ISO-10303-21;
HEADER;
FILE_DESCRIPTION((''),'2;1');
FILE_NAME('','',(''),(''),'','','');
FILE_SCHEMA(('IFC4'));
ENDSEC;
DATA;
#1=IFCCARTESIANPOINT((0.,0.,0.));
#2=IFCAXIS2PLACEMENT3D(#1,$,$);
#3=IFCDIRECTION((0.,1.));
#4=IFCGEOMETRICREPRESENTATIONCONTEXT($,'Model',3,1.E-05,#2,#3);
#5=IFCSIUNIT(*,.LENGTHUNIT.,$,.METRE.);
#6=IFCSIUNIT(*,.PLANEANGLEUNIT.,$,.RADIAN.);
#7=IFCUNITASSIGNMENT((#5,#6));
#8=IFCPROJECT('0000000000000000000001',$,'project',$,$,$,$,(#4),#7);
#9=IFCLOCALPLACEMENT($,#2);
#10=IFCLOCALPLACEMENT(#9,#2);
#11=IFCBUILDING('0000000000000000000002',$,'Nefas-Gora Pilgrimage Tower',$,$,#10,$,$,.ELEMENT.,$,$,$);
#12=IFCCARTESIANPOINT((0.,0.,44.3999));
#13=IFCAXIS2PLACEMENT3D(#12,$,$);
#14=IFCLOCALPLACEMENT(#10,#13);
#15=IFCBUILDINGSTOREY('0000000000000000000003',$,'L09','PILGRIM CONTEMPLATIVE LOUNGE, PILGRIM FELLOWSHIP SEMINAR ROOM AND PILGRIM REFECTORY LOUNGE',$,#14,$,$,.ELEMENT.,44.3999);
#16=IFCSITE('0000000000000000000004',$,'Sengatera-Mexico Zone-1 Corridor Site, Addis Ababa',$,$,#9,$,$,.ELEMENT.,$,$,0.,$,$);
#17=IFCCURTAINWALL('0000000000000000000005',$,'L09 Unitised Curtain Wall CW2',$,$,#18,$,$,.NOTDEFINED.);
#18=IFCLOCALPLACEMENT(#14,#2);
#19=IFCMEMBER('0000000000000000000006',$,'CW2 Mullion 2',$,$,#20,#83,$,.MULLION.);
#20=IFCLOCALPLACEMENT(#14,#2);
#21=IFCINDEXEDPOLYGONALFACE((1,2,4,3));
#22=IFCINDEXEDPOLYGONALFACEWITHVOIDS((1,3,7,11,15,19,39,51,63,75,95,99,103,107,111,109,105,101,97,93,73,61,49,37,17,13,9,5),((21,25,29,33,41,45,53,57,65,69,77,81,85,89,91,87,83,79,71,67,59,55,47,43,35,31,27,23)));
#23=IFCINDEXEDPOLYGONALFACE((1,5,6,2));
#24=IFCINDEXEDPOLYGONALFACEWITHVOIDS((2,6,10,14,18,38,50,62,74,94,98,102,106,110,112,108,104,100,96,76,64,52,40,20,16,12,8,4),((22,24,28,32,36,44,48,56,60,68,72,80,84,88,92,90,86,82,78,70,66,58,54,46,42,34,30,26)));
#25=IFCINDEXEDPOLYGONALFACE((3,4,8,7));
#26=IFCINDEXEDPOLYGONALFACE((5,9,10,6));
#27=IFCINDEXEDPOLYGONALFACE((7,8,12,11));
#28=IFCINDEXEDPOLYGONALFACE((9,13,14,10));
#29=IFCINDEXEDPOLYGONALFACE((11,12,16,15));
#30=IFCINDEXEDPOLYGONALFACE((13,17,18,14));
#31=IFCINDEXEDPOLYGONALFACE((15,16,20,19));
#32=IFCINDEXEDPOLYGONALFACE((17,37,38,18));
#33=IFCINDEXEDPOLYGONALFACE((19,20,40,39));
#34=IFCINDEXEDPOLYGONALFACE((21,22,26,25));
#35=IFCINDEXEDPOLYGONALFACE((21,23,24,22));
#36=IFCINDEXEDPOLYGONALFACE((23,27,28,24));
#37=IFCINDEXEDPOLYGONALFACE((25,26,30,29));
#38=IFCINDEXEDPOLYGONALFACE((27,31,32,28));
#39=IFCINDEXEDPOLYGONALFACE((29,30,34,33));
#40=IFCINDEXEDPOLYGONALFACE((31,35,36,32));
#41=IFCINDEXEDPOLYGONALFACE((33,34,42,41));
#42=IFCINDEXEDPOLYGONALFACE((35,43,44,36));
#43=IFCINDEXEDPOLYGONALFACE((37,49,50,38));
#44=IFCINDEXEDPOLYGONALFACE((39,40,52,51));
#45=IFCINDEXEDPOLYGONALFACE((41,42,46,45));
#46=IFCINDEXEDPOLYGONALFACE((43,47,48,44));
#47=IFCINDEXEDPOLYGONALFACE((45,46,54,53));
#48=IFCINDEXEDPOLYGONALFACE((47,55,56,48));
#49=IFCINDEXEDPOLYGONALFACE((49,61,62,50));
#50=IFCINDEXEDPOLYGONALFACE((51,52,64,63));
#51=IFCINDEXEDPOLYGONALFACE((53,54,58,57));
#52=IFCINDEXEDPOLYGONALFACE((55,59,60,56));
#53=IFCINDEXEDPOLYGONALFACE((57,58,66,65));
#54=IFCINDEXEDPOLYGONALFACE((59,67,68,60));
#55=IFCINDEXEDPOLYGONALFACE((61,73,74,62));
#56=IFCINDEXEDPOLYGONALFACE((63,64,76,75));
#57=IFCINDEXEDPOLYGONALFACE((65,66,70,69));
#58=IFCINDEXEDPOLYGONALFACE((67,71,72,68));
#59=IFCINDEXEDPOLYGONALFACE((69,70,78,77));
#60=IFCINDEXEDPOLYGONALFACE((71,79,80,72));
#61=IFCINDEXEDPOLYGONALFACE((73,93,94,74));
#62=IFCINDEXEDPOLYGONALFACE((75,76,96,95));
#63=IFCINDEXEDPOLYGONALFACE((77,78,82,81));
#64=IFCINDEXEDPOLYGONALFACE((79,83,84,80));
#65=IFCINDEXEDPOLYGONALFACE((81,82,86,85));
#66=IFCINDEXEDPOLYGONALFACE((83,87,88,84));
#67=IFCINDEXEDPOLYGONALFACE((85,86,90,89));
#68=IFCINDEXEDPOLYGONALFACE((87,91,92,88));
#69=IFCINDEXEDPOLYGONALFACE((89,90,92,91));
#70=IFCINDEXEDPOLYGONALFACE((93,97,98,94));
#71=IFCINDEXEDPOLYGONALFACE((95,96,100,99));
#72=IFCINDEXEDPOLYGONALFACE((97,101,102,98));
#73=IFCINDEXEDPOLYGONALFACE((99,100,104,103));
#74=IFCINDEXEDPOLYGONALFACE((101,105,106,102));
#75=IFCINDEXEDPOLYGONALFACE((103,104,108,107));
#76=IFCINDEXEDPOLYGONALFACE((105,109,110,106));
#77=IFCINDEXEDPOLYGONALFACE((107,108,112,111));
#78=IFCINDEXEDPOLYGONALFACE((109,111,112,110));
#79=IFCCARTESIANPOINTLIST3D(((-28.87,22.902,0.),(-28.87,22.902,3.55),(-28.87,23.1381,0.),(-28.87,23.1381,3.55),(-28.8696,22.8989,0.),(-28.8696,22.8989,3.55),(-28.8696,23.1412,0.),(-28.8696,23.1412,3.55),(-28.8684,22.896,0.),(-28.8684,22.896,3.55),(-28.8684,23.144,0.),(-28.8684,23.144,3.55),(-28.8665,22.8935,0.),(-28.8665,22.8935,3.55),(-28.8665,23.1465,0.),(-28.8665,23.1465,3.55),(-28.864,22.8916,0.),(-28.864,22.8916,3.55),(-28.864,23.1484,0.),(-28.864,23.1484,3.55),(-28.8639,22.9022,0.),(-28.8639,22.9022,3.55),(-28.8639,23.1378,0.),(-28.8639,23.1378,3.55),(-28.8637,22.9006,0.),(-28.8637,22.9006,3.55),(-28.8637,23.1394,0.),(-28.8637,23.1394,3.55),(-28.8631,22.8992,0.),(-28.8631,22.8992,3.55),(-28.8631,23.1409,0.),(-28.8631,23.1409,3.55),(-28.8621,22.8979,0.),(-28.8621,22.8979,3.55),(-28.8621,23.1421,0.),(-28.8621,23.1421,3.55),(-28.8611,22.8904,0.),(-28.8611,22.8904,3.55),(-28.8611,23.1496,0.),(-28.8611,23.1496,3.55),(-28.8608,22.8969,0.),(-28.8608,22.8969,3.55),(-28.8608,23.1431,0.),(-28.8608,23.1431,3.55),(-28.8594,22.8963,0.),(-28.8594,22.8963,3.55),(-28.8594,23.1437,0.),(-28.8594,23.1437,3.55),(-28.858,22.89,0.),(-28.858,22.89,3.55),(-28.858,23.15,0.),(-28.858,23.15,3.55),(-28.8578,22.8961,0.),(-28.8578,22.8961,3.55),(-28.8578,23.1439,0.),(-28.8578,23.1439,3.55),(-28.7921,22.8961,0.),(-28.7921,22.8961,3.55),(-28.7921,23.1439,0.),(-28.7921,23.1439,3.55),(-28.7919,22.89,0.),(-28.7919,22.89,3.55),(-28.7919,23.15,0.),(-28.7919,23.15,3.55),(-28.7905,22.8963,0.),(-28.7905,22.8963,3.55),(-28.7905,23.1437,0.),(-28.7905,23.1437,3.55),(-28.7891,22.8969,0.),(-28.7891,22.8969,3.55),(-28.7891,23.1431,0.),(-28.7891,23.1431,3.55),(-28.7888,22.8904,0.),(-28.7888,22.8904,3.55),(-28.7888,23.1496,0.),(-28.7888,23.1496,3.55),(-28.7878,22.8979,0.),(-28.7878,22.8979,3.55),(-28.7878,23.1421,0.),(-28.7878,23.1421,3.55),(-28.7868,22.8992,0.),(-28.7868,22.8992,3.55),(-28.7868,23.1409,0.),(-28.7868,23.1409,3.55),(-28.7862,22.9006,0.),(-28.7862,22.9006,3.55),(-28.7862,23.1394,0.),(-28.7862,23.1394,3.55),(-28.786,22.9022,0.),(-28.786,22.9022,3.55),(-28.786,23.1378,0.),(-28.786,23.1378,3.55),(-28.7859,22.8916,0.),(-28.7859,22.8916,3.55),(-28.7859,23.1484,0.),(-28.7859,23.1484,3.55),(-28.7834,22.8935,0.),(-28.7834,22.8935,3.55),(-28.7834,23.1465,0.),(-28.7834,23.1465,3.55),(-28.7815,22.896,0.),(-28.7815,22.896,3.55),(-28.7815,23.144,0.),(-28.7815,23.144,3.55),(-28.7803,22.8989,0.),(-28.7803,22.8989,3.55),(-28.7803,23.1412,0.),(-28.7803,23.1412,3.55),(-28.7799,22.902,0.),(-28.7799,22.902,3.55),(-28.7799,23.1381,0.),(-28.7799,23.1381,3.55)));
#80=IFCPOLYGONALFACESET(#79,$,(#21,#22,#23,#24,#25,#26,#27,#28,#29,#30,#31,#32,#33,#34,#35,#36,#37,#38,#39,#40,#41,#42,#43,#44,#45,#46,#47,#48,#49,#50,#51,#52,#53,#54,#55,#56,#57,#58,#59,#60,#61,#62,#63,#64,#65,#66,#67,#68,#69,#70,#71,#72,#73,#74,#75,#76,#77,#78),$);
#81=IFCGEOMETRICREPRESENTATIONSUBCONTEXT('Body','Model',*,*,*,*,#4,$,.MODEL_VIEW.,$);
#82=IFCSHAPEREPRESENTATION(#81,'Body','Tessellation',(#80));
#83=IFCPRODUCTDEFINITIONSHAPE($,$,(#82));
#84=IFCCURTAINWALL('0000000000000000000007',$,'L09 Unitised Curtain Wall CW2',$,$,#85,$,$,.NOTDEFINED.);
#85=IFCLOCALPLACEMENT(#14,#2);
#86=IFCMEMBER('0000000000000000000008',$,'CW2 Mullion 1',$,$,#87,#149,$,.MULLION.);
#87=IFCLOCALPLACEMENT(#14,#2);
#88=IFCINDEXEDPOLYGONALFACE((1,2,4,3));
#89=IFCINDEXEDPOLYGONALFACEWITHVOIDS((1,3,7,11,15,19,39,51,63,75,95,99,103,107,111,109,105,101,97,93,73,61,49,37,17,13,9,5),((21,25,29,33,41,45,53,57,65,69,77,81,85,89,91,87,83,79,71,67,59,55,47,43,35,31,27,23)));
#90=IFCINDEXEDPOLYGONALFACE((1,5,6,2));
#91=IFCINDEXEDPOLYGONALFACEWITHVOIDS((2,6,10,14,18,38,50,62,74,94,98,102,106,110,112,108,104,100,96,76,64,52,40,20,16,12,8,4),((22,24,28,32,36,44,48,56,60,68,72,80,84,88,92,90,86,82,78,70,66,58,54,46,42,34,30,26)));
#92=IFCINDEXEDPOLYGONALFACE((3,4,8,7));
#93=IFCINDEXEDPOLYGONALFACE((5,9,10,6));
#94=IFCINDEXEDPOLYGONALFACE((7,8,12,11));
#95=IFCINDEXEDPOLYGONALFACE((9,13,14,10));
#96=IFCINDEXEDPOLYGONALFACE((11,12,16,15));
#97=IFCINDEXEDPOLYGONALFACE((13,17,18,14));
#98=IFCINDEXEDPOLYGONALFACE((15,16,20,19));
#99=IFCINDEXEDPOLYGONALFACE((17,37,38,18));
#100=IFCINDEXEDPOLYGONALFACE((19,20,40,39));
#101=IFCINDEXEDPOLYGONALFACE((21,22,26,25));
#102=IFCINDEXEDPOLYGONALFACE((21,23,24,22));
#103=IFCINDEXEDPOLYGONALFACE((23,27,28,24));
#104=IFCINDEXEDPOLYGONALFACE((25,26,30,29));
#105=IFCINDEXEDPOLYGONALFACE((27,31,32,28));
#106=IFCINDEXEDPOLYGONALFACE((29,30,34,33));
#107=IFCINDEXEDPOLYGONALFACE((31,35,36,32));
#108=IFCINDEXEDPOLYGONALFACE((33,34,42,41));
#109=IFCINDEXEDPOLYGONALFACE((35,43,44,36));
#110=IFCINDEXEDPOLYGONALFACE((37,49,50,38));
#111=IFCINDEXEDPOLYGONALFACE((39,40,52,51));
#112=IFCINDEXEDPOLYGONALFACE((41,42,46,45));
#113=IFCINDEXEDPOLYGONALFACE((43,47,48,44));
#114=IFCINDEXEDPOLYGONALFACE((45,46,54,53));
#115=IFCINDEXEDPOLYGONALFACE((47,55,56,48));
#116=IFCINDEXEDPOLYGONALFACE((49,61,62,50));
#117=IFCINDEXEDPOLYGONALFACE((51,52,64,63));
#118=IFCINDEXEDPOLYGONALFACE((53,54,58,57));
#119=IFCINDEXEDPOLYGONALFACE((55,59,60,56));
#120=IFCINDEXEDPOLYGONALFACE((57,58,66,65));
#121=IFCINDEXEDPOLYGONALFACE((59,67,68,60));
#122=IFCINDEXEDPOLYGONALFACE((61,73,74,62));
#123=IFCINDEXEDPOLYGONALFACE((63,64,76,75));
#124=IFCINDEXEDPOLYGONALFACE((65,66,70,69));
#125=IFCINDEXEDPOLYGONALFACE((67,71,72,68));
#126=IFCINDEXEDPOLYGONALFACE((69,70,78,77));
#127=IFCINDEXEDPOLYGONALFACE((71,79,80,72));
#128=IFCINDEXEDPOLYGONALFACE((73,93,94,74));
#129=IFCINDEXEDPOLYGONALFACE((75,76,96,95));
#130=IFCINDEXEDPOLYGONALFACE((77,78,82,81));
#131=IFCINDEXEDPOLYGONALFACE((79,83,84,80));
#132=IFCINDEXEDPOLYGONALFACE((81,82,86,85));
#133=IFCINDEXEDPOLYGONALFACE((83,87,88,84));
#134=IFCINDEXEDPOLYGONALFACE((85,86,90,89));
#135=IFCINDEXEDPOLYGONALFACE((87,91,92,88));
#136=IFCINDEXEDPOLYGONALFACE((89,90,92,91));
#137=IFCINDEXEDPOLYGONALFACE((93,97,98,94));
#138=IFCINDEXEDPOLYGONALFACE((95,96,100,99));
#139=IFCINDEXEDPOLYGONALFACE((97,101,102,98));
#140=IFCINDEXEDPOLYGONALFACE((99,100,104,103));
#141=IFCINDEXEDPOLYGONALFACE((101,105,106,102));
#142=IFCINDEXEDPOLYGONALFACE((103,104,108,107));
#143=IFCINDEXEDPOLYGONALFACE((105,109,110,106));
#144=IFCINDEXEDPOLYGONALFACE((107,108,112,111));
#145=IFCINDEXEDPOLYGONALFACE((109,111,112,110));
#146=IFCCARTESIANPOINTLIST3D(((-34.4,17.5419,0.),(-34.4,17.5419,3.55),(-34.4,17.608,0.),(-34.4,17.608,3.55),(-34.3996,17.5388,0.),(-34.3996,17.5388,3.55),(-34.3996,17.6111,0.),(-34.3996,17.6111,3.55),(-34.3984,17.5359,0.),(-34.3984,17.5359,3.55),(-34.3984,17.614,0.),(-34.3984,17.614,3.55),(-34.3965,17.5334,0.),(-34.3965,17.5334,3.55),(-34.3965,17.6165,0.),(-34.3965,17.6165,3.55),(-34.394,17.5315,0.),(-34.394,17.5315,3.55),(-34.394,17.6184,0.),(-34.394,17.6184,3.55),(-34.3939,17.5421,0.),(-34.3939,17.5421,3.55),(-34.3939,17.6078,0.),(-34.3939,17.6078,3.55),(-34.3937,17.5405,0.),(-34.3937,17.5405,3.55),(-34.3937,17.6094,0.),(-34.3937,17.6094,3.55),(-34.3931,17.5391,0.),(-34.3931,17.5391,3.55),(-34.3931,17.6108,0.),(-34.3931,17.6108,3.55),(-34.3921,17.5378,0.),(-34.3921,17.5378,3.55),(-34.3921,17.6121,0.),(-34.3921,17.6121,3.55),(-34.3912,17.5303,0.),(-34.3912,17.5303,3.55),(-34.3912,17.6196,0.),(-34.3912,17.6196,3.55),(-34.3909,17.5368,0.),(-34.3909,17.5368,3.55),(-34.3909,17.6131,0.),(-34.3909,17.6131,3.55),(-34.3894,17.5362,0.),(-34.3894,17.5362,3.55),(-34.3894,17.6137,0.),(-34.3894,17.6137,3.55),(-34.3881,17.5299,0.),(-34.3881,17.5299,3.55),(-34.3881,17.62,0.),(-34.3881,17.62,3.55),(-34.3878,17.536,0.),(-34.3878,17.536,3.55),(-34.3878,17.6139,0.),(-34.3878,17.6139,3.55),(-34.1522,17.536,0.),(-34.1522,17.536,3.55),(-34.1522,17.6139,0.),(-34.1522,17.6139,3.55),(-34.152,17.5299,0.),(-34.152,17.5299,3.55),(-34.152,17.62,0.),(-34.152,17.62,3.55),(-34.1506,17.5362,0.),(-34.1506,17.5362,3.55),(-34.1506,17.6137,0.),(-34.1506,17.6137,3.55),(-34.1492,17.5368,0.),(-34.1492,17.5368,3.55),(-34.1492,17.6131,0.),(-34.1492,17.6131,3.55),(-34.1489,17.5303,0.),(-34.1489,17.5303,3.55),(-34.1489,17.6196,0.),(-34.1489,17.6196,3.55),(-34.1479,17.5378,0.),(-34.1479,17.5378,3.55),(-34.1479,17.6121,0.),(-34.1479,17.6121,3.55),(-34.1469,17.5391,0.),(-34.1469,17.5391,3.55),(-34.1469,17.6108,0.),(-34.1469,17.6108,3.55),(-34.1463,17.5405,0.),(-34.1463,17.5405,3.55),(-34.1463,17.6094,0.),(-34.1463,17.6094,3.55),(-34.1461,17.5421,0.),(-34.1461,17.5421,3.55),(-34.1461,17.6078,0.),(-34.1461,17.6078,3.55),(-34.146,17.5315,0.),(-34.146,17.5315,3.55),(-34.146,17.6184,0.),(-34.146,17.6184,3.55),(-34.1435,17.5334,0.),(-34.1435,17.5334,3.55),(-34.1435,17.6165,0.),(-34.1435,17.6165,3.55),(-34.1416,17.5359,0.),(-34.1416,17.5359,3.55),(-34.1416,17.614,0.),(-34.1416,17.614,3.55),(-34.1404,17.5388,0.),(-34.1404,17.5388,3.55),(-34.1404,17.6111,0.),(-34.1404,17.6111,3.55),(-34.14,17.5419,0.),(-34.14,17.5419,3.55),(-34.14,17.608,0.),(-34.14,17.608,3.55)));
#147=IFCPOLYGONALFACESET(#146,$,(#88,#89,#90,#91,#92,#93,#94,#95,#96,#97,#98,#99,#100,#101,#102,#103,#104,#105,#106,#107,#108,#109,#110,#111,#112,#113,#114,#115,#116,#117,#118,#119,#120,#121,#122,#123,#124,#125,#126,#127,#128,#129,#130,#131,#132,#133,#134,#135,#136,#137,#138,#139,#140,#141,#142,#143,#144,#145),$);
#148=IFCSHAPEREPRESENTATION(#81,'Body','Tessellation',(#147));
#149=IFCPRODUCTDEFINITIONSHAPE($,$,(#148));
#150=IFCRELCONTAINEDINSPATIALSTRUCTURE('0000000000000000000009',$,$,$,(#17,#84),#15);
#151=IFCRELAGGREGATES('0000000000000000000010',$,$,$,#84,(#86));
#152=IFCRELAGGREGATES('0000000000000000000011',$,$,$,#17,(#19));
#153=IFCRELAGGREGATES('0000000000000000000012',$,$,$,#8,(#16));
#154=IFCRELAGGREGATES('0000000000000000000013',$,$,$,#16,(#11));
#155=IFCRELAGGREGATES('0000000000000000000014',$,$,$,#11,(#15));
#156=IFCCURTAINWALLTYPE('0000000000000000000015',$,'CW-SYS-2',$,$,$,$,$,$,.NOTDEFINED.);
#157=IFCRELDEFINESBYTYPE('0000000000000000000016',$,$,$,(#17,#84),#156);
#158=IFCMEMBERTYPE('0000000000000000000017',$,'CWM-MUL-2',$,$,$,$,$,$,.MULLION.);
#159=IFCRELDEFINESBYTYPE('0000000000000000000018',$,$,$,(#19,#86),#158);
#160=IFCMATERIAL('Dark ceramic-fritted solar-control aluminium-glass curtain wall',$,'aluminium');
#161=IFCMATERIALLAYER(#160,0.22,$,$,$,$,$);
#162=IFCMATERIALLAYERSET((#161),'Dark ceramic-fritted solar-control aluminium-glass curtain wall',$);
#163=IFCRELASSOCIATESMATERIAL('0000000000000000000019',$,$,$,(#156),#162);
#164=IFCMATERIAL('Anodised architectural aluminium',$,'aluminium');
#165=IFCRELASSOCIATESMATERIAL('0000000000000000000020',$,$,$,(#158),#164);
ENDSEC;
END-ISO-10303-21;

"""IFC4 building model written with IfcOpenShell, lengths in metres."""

from ifc_helpers import new_model, si_unit, direction, frame, origin, origin_2d, place, context, subcontext, project, spatial, hollow_rectangle, extrude, source, transform, mapped, material, layer, layer_set, material_profile, profile_set, type_object, element, aggregate, save


model = new_model("IFC4")

# Units and contexts
model_context = context("Model", 3, precision=1e-05, world=origin(), true_north=direction((0.0, 1.0)))
body_context = subcontext(model_context, "Body", "Model", "MODEL_VIEW")
ifc_project = project(units=[si_unit("LENGTHUNIT", "METRE"), si_unit("PLANEANGLEUNIT", "RADIAN")], contexts=[model_context])

# Site, building, storey
site_placement = place(None, origin())
site = spatial("IfcSite", under=ifc_project, at=site_placement, Name="Sengatera-Mexico Zone-1 Corridor Site, Addis Ababa", CompositionType="ELEMENT", RefElevation=0.0)
building_placement = place(site_placement, origin())
building = spatial("IfcBuilding", under=site, at=building_placement, Name="Nefas-Gora Pilgrimage Tower", CompositionType="ELEMENT")
storey_placement = place(building_placement, frame((0.0, 0.0, 44.3999)))
storey = spatial("IfcBuildingStorey", under=building, at=storey_placement, Name="L09", Description="PILGRIM CONTEMPLATIVE LOUNGE, PILGRIM FELLOWSHIP SEMINAR ROOM AND PILGRIM REFECTORY LOUNGE", CompositionType="ELEMENT", Elevation=44.3999)

# Shared definitions
ifc_material_1 = material(Name="Dark ceramic-fritted solar-control aluminium-glass curtain wall", Category="aluminium")
ifc_material_2 = material(Name="Anodised architectural aluminium", Category="aluminium")

# Curtain walls, members
ifc_layer_1 = layer(ifc_material_1, 0.22)
ifc_layer_set_1 = layer_set([ifc_layer_1], Name="Dark ceramic-fritted solar-control aluminium-glass curtain wall")
curtain_wall_type_1 = type_object("IfcCurtainWallType", Name="CW-SYS-2", PredefinedType="NOTDEFINED", material=ifc_layer_set_1)
curtain_wall_1_placement = place(storey_placement, origin())
curtain_wall_1 = element("IfcCurtainWall", 1, at=curtain_wall_1_placement, inside=storey, type_object=curtain_wall_type_1, Name="L09 Unitised Curtain Wall CW2", PredefinedType="NOTDEFINED")
ifc_material_profile_1 = material_profile(ifc_material_2, hollow_rectangle(XDim=0.0901, YDim=0.26, WallThickness=0.0061, InnerFilletRadius=0.0061, OuterFilletRadius=0.012, at=origin_2d()), Name="ALU MULLION 90x260")
ifc_profile_set_1 = profile_set([ifc_material_profile_1], Name="Anodised architectural aluminium")
member_type_1 = type_object("IfcMemberType", Name="CWM-MUL-2", PredefinedType="MULLION", material=ifc_profile_set_1)
shared_shape_1 = source(origin(), body_context, "Body", "SweptSolid", [
    extrude(hollow_rectangle(XDim=0.0901, YDim=0.26, WallThickness=0.0061, InnerFilletRadius=0.0061, OuterFilletRadius=0.012, at=origin_2d()), origin(), (0.0, 0.0, 1.0), 3.55),
])
member_1_placement = place(storey_placement, frame((-28.825, 23.02, 0.0), z_axis=(0.0, 0.0, 1.0), x_axis=(-1.0, 0.0, 0.0)))
member_1 = element("IfcMember", 2, at=member_1_placement, type_object=member_type_1, Name="CW2 Mullion 2", PredefinedType="MULLION", context=body_context, shape_type="MappedRepresentation", body=[
    mapped(shared_shape_1, transform((0.0, 0.0, 0.0), x_axis=(1.0, 0.0, 0.0), y_axis=(0.0, 1.0, 0.0), z_axis=(0.0, 0.0, 1.0), scale=1.0)),
])
curtain_wall_2_placement = place(storey_placement, origin())
curtain_wall_2 = element("IfcCurtainWall", 3, at=curtain_wall_2_placement, inside=storey, type_object=curtain_wall_type_1, Name="L09 Unitised Curtain Wall CW2", PredefinedType="NOTDEFINED")
member_2_placement = place(storey_placement, frame((-34.27, 17.575, 0.0), z_axis=(0.0, 0.0, 1.0), x_axis=(0.0, -1.0, 0.0)))
member_2 = element("IfcMember", 4, at=member_2_placement, type_object=member_type_1, Name="CW2 Mullion 1", PredefinedType="MULLION", context=body_context, shape_type="MappedRepresentation", body=[
    mapped(shared_shape_1, transform((0.0, 0.0, 0.0), x_axis=(1.0, 0.0, 0.0), y_axis=(0.0, 1.0, 0.0), z_axis=(0.0, 0.0, 1.0), scale=1.0)),
])

aggregate(curtain_wall_2, [member_2])
aggregate(curtain_wall_1, [member_1])

save(model, "model.ifc")
